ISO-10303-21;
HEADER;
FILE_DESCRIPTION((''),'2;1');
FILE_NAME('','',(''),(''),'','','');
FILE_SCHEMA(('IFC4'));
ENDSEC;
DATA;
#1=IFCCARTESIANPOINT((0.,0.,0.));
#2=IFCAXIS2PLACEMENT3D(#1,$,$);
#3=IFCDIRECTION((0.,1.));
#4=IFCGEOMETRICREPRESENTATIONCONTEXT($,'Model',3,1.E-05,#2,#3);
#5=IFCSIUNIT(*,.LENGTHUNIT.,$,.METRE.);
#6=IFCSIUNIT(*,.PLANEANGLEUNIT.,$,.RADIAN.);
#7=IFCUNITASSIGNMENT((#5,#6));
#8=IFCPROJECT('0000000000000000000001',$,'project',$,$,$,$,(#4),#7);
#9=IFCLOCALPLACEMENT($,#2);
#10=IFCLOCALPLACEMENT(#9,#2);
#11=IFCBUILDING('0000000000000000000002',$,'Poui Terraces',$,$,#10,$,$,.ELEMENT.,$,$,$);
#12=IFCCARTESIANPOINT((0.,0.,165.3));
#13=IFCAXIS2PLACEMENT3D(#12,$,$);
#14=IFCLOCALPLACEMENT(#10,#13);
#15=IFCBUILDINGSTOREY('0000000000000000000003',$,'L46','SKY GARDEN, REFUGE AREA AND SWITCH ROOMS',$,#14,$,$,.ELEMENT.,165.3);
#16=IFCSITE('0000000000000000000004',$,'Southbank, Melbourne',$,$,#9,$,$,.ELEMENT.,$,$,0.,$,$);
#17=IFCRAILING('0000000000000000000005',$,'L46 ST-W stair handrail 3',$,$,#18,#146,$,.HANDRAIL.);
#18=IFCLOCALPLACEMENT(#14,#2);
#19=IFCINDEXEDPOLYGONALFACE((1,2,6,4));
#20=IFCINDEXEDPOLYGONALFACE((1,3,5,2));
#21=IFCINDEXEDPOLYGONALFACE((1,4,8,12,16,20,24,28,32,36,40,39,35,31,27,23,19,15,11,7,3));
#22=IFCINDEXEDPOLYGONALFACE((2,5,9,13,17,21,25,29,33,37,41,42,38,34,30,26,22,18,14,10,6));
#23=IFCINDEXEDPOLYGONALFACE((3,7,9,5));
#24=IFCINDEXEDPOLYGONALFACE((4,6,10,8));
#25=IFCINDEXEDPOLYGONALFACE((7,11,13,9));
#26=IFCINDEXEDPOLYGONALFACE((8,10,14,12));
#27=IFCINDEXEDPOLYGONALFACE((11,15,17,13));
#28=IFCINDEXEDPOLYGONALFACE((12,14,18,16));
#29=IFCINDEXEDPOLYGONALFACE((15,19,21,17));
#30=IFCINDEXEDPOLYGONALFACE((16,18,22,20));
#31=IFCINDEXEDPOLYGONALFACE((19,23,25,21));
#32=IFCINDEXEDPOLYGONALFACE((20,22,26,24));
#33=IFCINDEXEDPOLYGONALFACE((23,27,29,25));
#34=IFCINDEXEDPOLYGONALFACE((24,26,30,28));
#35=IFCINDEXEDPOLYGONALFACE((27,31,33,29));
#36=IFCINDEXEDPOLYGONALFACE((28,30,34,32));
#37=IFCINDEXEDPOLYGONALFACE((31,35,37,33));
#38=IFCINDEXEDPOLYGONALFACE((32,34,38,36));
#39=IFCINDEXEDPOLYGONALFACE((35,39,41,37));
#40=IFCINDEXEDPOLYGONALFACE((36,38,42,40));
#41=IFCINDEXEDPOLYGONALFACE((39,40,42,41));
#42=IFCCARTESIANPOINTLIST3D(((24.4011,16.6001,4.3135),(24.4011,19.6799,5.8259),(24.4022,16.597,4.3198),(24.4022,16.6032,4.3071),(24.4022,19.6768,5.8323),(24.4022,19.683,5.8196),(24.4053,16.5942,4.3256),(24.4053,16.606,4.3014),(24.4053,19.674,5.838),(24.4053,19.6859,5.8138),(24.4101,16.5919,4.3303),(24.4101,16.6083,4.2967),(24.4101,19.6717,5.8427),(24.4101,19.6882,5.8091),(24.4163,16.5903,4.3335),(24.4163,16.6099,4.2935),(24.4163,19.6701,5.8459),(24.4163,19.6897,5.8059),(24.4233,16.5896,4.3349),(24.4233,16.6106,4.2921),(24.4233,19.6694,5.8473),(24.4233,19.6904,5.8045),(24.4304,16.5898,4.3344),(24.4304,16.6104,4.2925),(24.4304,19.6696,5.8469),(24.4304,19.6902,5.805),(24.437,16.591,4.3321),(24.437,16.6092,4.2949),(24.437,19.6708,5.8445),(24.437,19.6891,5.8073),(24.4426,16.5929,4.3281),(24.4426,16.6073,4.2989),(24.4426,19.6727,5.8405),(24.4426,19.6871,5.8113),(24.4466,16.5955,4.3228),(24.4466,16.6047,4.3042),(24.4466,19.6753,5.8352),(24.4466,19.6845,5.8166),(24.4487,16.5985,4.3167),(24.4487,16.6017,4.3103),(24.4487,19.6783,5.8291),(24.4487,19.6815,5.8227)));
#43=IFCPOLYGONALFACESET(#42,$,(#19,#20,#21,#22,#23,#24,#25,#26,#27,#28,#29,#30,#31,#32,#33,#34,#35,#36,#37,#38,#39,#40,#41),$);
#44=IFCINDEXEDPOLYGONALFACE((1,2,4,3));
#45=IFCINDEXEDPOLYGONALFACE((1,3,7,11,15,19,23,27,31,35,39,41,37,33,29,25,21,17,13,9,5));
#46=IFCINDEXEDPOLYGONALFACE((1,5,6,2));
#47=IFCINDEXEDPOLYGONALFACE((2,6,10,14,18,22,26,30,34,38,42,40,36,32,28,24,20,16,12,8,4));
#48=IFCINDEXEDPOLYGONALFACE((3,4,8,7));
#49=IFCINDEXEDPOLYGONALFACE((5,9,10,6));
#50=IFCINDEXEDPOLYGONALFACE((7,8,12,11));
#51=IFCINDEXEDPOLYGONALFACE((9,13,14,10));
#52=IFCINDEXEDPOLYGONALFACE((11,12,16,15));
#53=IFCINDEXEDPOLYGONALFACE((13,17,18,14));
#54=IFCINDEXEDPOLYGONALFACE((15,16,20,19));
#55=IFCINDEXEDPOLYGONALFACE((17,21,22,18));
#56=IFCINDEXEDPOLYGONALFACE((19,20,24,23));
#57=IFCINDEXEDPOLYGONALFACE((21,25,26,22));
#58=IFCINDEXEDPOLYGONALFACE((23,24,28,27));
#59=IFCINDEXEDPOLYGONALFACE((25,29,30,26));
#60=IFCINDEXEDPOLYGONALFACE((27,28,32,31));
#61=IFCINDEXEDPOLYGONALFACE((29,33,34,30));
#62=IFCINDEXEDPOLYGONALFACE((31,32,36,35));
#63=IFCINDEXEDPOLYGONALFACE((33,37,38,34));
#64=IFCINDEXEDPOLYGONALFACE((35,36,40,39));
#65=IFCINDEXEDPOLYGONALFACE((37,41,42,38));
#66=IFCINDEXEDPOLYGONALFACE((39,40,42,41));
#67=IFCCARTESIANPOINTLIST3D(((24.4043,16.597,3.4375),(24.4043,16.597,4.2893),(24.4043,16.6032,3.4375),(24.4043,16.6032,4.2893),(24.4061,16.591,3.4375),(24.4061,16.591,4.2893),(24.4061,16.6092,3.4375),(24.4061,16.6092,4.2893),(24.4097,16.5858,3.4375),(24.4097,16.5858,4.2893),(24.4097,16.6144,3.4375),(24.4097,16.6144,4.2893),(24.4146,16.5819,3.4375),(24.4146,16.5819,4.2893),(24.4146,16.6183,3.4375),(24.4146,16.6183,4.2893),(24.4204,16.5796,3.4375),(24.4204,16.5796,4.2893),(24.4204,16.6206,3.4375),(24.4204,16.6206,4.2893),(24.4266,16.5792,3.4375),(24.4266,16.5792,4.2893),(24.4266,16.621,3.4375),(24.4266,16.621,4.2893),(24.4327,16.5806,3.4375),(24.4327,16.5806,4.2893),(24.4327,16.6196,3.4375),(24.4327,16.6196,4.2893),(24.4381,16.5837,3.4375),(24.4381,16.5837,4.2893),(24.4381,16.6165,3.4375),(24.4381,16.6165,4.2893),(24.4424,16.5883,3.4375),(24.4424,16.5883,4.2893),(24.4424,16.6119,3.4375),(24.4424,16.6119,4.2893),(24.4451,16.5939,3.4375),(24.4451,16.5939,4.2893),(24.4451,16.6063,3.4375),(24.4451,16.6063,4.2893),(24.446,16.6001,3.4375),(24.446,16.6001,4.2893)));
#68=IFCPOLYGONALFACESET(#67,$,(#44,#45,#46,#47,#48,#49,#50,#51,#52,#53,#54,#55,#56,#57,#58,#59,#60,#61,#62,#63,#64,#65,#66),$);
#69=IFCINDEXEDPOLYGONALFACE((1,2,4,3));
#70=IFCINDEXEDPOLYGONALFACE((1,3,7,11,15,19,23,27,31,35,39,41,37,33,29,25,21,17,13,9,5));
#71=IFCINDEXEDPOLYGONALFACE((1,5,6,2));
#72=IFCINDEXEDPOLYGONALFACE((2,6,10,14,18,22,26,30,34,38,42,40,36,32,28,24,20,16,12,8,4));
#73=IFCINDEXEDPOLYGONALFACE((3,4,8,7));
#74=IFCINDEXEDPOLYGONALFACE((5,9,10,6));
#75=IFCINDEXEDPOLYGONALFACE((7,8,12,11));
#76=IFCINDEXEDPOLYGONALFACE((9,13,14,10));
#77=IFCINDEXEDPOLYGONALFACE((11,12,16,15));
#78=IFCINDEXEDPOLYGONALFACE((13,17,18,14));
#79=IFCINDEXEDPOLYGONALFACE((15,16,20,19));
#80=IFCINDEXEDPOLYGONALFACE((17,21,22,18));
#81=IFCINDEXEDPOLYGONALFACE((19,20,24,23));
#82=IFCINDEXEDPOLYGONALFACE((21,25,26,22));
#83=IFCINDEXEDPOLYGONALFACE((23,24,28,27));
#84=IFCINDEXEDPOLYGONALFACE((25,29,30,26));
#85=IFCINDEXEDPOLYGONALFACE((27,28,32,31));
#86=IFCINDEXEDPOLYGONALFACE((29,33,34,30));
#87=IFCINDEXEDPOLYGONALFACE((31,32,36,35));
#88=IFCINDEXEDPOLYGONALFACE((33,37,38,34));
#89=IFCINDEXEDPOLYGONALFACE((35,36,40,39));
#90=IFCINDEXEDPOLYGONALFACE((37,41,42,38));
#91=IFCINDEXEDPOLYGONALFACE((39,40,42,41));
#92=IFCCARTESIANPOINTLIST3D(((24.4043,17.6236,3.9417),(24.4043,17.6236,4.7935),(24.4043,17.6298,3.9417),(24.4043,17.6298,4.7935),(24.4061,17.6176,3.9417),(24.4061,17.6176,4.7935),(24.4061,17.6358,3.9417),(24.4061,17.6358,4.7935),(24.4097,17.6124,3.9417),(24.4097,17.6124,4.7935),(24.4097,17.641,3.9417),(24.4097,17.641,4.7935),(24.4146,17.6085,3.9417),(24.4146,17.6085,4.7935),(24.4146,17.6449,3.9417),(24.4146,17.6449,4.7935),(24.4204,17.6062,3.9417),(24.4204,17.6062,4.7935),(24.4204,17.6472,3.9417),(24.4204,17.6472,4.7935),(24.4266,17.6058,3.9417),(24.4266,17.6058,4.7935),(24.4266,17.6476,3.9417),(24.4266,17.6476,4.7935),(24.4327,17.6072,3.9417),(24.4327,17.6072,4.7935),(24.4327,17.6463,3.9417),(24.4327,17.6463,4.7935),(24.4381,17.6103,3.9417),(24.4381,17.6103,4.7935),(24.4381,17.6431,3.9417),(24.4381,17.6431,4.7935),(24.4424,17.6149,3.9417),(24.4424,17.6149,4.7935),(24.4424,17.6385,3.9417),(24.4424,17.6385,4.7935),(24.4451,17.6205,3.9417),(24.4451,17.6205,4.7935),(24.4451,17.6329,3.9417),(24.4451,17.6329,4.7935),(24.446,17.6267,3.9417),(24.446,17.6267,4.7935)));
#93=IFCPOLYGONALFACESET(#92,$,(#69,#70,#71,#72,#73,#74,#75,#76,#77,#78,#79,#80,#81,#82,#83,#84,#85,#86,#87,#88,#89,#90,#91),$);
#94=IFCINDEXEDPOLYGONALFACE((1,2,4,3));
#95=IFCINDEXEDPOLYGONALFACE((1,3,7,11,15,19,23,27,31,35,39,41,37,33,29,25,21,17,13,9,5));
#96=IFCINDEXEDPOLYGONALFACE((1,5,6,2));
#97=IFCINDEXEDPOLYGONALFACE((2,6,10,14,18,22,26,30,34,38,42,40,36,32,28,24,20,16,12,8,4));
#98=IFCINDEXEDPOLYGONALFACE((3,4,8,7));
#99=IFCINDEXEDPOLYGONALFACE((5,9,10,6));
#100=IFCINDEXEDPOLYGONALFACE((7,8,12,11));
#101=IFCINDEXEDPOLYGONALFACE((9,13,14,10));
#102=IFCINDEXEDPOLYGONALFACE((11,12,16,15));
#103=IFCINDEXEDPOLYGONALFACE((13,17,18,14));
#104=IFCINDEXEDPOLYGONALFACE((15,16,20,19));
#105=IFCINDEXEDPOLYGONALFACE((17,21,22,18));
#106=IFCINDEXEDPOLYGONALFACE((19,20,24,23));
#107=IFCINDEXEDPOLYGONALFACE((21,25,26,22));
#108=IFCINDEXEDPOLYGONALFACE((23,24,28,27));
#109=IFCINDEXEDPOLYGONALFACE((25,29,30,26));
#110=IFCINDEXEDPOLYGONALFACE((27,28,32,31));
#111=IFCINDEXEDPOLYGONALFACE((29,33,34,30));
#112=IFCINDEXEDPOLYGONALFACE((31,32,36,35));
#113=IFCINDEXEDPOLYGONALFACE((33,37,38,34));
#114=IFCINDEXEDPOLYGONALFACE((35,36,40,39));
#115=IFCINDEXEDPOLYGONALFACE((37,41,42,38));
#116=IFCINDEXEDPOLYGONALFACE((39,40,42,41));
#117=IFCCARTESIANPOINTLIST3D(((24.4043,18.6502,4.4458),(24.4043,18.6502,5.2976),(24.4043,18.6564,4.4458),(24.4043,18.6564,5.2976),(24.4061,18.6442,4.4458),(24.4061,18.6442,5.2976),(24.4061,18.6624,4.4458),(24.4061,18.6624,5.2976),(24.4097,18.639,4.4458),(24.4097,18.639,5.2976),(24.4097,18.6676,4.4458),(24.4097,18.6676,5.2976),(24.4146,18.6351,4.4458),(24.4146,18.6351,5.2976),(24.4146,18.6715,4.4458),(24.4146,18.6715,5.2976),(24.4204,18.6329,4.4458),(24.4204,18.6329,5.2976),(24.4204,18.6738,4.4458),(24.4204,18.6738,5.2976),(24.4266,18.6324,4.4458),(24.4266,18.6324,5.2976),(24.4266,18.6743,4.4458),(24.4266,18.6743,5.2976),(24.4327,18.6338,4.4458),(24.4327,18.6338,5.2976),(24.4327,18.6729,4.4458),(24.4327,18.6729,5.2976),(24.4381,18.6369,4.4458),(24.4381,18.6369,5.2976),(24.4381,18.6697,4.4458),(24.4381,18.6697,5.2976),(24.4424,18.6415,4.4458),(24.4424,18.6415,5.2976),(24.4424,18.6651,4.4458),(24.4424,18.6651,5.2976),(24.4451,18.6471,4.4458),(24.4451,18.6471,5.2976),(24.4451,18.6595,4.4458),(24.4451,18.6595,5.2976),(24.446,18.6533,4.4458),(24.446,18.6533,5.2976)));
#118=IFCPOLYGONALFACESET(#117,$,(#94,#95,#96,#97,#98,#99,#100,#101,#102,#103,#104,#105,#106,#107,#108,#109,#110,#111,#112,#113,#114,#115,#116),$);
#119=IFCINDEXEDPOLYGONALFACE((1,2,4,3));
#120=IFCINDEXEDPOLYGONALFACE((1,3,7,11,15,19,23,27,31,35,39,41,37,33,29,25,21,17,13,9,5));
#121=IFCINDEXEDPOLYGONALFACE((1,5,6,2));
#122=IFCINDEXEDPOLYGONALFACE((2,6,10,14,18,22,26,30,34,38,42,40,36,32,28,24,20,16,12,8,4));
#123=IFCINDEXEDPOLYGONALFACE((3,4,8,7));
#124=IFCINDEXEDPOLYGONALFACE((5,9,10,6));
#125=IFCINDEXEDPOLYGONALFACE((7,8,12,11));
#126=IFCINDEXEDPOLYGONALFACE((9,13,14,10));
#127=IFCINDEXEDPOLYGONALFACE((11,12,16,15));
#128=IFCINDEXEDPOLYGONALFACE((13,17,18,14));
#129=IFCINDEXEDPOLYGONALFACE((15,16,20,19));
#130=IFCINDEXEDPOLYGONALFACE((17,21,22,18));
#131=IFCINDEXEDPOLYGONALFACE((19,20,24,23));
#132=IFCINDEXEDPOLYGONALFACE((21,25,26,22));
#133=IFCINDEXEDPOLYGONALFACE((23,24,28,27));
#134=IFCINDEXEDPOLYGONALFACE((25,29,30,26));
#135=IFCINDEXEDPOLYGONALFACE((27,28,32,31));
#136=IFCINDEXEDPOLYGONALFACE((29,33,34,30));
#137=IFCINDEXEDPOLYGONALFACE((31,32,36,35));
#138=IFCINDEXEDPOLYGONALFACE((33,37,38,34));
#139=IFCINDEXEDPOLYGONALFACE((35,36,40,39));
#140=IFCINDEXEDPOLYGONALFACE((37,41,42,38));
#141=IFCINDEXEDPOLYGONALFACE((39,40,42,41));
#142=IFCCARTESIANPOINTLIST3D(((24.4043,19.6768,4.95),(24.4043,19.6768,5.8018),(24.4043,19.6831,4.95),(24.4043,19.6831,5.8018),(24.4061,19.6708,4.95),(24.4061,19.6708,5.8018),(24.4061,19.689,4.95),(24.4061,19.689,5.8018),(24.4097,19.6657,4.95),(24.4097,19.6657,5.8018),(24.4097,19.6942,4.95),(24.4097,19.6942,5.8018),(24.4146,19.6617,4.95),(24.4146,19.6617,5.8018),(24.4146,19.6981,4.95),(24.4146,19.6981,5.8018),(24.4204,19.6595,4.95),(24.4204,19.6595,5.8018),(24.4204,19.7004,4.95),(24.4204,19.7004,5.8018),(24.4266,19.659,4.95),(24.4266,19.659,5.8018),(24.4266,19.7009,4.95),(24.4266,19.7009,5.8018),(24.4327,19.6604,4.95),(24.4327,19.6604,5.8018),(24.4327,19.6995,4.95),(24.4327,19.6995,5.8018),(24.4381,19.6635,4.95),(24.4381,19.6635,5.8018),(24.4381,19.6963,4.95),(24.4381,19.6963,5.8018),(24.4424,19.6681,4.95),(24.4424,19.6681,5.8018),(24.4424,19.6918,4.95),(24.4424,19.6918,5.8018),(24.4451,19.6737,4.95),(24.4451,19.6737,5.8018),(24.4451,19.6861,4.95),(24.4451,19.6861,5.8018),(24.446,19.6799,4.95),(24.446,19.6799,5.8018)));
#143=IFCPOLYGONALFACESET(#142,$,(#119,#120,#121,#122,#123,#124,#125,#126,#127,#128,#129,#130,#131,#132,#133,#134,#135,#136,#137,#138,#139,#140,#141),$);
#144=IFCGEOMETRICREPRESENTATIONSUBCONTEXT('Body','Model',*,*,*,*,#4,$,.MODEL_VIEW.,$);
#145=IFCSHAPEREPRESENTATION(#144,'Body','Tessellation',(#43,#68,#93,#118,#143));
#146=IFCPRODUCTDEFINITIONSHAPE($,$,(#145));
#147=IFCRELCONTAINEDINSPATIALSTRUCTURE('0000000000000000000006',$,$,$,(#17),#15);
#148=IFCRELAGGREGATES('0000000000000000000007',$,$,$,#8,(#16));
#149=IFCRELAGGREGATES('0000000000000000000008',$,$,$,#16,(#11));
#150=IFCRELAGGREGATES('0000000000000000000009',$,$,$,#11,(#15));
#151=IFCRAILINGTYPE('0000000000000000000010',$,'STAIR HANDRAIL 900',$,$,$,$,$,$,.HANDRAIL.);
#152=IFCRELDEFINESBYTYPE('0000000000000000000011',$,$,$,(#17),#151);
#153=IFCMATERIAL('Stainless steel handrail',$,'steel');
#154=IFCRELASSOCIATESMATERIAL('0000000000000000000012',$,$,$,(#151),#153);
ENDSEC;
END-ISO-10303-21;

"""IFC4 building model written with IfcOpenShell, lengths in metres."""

from ifc_helpers import new_model, si_unit, direction, frame, origin, origin_2d, place, context, subcontext, project, spatial, circle, extrude, material, type_object, element, save


model = new_model("IFC4")

# Units and contexts
model_context = context("Model", 3, precision=1e-05, world=origin(), true_north=direction((0.0, 1.0)))
body_context = subcontext(model_context, "Body", "Model", "MODEL_VIEW")
ifc_project = project(units=[si_unit("LENGTHUNIT", "METRE"), si_unit("PLANEANGLEUNIT", "RADIAN")], contexts=[model_context])

# Site, building, storey
site_placement = place(None, origin())
site = spatial("IfcSite", under=ifc_project, at=site_placement, Name="Southbank, Melbourne", CompositionType="ELEMENT", RefElevation=0.0)
building_placement = place(site_placement, origin())
building = spatial("IfcBuilding", under=site, at=building_placement, Name="Poui Terraces", CompositionType="ELEMENT")
storey_placement = place(building_placement, frame((0.0, 0.0, 165.3)))
storey = spatial("IfcBuildingStorey", under=building, at=storey_placement, Name="L46", Description="SKY GARDEN, REFUGE AREA AND SWITCH ROOMS", CompositionType="ELEMENT", Elevation=165.3)

# Railing
ifc_material_1 = material(Name="Stainless steel handrail", Category="steel")
railing_type_1 = type_object("IfcRailingType", Name="STAIR HANDRAIL 900", PredefinedType="HANDRAIL", material=ifc_material_1)
for number, where, name in (
    (1, (24.425, 16.6001, 3.4375), "L46 ST-W stair handrail 3"),
):
    element("IfcRailing", number, at=place(storey_placement, frame(where)), inside=storey, type_object=railing_type_1, Name=name, PredefinedType="HANDRAIL", context=body_context, shape_type="SweptSolid", body=[
        extrude(circle(Radius=0.0239, at=origin_2d()), frame((0.0, 0.0, 0.876), z_axis=(0.0, 0.897606, 0.440798), x_axis=(-1.0, 0.0, 0.0)), (0.0, 0.0, 1.0), 3.4312),
        extrude(circle(Radius=0.021, at=origin_2d()), origin(), (0.0, 0.0, 1.0), 0.8518),
        extrude(circle(Radius=0.021, at=origin_2d()), frame((0.0, 1.0266, 0.5042)), (0.0, 0.0, 1.0), 0.8518),
        extrude(circle(Radius=0.021, at=origin_2d()), frame((0.0, 2.0532, 1.0083)), (0.0, 0.0, 1.0), 0.8518),
        extrude(circle(Radius=0.021, at=origin_2d()), frame((0.0, 3.0798, 1.5125)), (0.0, 0.0, 1.0), 0.8518),
    ])

save(model, "model.ifc")
